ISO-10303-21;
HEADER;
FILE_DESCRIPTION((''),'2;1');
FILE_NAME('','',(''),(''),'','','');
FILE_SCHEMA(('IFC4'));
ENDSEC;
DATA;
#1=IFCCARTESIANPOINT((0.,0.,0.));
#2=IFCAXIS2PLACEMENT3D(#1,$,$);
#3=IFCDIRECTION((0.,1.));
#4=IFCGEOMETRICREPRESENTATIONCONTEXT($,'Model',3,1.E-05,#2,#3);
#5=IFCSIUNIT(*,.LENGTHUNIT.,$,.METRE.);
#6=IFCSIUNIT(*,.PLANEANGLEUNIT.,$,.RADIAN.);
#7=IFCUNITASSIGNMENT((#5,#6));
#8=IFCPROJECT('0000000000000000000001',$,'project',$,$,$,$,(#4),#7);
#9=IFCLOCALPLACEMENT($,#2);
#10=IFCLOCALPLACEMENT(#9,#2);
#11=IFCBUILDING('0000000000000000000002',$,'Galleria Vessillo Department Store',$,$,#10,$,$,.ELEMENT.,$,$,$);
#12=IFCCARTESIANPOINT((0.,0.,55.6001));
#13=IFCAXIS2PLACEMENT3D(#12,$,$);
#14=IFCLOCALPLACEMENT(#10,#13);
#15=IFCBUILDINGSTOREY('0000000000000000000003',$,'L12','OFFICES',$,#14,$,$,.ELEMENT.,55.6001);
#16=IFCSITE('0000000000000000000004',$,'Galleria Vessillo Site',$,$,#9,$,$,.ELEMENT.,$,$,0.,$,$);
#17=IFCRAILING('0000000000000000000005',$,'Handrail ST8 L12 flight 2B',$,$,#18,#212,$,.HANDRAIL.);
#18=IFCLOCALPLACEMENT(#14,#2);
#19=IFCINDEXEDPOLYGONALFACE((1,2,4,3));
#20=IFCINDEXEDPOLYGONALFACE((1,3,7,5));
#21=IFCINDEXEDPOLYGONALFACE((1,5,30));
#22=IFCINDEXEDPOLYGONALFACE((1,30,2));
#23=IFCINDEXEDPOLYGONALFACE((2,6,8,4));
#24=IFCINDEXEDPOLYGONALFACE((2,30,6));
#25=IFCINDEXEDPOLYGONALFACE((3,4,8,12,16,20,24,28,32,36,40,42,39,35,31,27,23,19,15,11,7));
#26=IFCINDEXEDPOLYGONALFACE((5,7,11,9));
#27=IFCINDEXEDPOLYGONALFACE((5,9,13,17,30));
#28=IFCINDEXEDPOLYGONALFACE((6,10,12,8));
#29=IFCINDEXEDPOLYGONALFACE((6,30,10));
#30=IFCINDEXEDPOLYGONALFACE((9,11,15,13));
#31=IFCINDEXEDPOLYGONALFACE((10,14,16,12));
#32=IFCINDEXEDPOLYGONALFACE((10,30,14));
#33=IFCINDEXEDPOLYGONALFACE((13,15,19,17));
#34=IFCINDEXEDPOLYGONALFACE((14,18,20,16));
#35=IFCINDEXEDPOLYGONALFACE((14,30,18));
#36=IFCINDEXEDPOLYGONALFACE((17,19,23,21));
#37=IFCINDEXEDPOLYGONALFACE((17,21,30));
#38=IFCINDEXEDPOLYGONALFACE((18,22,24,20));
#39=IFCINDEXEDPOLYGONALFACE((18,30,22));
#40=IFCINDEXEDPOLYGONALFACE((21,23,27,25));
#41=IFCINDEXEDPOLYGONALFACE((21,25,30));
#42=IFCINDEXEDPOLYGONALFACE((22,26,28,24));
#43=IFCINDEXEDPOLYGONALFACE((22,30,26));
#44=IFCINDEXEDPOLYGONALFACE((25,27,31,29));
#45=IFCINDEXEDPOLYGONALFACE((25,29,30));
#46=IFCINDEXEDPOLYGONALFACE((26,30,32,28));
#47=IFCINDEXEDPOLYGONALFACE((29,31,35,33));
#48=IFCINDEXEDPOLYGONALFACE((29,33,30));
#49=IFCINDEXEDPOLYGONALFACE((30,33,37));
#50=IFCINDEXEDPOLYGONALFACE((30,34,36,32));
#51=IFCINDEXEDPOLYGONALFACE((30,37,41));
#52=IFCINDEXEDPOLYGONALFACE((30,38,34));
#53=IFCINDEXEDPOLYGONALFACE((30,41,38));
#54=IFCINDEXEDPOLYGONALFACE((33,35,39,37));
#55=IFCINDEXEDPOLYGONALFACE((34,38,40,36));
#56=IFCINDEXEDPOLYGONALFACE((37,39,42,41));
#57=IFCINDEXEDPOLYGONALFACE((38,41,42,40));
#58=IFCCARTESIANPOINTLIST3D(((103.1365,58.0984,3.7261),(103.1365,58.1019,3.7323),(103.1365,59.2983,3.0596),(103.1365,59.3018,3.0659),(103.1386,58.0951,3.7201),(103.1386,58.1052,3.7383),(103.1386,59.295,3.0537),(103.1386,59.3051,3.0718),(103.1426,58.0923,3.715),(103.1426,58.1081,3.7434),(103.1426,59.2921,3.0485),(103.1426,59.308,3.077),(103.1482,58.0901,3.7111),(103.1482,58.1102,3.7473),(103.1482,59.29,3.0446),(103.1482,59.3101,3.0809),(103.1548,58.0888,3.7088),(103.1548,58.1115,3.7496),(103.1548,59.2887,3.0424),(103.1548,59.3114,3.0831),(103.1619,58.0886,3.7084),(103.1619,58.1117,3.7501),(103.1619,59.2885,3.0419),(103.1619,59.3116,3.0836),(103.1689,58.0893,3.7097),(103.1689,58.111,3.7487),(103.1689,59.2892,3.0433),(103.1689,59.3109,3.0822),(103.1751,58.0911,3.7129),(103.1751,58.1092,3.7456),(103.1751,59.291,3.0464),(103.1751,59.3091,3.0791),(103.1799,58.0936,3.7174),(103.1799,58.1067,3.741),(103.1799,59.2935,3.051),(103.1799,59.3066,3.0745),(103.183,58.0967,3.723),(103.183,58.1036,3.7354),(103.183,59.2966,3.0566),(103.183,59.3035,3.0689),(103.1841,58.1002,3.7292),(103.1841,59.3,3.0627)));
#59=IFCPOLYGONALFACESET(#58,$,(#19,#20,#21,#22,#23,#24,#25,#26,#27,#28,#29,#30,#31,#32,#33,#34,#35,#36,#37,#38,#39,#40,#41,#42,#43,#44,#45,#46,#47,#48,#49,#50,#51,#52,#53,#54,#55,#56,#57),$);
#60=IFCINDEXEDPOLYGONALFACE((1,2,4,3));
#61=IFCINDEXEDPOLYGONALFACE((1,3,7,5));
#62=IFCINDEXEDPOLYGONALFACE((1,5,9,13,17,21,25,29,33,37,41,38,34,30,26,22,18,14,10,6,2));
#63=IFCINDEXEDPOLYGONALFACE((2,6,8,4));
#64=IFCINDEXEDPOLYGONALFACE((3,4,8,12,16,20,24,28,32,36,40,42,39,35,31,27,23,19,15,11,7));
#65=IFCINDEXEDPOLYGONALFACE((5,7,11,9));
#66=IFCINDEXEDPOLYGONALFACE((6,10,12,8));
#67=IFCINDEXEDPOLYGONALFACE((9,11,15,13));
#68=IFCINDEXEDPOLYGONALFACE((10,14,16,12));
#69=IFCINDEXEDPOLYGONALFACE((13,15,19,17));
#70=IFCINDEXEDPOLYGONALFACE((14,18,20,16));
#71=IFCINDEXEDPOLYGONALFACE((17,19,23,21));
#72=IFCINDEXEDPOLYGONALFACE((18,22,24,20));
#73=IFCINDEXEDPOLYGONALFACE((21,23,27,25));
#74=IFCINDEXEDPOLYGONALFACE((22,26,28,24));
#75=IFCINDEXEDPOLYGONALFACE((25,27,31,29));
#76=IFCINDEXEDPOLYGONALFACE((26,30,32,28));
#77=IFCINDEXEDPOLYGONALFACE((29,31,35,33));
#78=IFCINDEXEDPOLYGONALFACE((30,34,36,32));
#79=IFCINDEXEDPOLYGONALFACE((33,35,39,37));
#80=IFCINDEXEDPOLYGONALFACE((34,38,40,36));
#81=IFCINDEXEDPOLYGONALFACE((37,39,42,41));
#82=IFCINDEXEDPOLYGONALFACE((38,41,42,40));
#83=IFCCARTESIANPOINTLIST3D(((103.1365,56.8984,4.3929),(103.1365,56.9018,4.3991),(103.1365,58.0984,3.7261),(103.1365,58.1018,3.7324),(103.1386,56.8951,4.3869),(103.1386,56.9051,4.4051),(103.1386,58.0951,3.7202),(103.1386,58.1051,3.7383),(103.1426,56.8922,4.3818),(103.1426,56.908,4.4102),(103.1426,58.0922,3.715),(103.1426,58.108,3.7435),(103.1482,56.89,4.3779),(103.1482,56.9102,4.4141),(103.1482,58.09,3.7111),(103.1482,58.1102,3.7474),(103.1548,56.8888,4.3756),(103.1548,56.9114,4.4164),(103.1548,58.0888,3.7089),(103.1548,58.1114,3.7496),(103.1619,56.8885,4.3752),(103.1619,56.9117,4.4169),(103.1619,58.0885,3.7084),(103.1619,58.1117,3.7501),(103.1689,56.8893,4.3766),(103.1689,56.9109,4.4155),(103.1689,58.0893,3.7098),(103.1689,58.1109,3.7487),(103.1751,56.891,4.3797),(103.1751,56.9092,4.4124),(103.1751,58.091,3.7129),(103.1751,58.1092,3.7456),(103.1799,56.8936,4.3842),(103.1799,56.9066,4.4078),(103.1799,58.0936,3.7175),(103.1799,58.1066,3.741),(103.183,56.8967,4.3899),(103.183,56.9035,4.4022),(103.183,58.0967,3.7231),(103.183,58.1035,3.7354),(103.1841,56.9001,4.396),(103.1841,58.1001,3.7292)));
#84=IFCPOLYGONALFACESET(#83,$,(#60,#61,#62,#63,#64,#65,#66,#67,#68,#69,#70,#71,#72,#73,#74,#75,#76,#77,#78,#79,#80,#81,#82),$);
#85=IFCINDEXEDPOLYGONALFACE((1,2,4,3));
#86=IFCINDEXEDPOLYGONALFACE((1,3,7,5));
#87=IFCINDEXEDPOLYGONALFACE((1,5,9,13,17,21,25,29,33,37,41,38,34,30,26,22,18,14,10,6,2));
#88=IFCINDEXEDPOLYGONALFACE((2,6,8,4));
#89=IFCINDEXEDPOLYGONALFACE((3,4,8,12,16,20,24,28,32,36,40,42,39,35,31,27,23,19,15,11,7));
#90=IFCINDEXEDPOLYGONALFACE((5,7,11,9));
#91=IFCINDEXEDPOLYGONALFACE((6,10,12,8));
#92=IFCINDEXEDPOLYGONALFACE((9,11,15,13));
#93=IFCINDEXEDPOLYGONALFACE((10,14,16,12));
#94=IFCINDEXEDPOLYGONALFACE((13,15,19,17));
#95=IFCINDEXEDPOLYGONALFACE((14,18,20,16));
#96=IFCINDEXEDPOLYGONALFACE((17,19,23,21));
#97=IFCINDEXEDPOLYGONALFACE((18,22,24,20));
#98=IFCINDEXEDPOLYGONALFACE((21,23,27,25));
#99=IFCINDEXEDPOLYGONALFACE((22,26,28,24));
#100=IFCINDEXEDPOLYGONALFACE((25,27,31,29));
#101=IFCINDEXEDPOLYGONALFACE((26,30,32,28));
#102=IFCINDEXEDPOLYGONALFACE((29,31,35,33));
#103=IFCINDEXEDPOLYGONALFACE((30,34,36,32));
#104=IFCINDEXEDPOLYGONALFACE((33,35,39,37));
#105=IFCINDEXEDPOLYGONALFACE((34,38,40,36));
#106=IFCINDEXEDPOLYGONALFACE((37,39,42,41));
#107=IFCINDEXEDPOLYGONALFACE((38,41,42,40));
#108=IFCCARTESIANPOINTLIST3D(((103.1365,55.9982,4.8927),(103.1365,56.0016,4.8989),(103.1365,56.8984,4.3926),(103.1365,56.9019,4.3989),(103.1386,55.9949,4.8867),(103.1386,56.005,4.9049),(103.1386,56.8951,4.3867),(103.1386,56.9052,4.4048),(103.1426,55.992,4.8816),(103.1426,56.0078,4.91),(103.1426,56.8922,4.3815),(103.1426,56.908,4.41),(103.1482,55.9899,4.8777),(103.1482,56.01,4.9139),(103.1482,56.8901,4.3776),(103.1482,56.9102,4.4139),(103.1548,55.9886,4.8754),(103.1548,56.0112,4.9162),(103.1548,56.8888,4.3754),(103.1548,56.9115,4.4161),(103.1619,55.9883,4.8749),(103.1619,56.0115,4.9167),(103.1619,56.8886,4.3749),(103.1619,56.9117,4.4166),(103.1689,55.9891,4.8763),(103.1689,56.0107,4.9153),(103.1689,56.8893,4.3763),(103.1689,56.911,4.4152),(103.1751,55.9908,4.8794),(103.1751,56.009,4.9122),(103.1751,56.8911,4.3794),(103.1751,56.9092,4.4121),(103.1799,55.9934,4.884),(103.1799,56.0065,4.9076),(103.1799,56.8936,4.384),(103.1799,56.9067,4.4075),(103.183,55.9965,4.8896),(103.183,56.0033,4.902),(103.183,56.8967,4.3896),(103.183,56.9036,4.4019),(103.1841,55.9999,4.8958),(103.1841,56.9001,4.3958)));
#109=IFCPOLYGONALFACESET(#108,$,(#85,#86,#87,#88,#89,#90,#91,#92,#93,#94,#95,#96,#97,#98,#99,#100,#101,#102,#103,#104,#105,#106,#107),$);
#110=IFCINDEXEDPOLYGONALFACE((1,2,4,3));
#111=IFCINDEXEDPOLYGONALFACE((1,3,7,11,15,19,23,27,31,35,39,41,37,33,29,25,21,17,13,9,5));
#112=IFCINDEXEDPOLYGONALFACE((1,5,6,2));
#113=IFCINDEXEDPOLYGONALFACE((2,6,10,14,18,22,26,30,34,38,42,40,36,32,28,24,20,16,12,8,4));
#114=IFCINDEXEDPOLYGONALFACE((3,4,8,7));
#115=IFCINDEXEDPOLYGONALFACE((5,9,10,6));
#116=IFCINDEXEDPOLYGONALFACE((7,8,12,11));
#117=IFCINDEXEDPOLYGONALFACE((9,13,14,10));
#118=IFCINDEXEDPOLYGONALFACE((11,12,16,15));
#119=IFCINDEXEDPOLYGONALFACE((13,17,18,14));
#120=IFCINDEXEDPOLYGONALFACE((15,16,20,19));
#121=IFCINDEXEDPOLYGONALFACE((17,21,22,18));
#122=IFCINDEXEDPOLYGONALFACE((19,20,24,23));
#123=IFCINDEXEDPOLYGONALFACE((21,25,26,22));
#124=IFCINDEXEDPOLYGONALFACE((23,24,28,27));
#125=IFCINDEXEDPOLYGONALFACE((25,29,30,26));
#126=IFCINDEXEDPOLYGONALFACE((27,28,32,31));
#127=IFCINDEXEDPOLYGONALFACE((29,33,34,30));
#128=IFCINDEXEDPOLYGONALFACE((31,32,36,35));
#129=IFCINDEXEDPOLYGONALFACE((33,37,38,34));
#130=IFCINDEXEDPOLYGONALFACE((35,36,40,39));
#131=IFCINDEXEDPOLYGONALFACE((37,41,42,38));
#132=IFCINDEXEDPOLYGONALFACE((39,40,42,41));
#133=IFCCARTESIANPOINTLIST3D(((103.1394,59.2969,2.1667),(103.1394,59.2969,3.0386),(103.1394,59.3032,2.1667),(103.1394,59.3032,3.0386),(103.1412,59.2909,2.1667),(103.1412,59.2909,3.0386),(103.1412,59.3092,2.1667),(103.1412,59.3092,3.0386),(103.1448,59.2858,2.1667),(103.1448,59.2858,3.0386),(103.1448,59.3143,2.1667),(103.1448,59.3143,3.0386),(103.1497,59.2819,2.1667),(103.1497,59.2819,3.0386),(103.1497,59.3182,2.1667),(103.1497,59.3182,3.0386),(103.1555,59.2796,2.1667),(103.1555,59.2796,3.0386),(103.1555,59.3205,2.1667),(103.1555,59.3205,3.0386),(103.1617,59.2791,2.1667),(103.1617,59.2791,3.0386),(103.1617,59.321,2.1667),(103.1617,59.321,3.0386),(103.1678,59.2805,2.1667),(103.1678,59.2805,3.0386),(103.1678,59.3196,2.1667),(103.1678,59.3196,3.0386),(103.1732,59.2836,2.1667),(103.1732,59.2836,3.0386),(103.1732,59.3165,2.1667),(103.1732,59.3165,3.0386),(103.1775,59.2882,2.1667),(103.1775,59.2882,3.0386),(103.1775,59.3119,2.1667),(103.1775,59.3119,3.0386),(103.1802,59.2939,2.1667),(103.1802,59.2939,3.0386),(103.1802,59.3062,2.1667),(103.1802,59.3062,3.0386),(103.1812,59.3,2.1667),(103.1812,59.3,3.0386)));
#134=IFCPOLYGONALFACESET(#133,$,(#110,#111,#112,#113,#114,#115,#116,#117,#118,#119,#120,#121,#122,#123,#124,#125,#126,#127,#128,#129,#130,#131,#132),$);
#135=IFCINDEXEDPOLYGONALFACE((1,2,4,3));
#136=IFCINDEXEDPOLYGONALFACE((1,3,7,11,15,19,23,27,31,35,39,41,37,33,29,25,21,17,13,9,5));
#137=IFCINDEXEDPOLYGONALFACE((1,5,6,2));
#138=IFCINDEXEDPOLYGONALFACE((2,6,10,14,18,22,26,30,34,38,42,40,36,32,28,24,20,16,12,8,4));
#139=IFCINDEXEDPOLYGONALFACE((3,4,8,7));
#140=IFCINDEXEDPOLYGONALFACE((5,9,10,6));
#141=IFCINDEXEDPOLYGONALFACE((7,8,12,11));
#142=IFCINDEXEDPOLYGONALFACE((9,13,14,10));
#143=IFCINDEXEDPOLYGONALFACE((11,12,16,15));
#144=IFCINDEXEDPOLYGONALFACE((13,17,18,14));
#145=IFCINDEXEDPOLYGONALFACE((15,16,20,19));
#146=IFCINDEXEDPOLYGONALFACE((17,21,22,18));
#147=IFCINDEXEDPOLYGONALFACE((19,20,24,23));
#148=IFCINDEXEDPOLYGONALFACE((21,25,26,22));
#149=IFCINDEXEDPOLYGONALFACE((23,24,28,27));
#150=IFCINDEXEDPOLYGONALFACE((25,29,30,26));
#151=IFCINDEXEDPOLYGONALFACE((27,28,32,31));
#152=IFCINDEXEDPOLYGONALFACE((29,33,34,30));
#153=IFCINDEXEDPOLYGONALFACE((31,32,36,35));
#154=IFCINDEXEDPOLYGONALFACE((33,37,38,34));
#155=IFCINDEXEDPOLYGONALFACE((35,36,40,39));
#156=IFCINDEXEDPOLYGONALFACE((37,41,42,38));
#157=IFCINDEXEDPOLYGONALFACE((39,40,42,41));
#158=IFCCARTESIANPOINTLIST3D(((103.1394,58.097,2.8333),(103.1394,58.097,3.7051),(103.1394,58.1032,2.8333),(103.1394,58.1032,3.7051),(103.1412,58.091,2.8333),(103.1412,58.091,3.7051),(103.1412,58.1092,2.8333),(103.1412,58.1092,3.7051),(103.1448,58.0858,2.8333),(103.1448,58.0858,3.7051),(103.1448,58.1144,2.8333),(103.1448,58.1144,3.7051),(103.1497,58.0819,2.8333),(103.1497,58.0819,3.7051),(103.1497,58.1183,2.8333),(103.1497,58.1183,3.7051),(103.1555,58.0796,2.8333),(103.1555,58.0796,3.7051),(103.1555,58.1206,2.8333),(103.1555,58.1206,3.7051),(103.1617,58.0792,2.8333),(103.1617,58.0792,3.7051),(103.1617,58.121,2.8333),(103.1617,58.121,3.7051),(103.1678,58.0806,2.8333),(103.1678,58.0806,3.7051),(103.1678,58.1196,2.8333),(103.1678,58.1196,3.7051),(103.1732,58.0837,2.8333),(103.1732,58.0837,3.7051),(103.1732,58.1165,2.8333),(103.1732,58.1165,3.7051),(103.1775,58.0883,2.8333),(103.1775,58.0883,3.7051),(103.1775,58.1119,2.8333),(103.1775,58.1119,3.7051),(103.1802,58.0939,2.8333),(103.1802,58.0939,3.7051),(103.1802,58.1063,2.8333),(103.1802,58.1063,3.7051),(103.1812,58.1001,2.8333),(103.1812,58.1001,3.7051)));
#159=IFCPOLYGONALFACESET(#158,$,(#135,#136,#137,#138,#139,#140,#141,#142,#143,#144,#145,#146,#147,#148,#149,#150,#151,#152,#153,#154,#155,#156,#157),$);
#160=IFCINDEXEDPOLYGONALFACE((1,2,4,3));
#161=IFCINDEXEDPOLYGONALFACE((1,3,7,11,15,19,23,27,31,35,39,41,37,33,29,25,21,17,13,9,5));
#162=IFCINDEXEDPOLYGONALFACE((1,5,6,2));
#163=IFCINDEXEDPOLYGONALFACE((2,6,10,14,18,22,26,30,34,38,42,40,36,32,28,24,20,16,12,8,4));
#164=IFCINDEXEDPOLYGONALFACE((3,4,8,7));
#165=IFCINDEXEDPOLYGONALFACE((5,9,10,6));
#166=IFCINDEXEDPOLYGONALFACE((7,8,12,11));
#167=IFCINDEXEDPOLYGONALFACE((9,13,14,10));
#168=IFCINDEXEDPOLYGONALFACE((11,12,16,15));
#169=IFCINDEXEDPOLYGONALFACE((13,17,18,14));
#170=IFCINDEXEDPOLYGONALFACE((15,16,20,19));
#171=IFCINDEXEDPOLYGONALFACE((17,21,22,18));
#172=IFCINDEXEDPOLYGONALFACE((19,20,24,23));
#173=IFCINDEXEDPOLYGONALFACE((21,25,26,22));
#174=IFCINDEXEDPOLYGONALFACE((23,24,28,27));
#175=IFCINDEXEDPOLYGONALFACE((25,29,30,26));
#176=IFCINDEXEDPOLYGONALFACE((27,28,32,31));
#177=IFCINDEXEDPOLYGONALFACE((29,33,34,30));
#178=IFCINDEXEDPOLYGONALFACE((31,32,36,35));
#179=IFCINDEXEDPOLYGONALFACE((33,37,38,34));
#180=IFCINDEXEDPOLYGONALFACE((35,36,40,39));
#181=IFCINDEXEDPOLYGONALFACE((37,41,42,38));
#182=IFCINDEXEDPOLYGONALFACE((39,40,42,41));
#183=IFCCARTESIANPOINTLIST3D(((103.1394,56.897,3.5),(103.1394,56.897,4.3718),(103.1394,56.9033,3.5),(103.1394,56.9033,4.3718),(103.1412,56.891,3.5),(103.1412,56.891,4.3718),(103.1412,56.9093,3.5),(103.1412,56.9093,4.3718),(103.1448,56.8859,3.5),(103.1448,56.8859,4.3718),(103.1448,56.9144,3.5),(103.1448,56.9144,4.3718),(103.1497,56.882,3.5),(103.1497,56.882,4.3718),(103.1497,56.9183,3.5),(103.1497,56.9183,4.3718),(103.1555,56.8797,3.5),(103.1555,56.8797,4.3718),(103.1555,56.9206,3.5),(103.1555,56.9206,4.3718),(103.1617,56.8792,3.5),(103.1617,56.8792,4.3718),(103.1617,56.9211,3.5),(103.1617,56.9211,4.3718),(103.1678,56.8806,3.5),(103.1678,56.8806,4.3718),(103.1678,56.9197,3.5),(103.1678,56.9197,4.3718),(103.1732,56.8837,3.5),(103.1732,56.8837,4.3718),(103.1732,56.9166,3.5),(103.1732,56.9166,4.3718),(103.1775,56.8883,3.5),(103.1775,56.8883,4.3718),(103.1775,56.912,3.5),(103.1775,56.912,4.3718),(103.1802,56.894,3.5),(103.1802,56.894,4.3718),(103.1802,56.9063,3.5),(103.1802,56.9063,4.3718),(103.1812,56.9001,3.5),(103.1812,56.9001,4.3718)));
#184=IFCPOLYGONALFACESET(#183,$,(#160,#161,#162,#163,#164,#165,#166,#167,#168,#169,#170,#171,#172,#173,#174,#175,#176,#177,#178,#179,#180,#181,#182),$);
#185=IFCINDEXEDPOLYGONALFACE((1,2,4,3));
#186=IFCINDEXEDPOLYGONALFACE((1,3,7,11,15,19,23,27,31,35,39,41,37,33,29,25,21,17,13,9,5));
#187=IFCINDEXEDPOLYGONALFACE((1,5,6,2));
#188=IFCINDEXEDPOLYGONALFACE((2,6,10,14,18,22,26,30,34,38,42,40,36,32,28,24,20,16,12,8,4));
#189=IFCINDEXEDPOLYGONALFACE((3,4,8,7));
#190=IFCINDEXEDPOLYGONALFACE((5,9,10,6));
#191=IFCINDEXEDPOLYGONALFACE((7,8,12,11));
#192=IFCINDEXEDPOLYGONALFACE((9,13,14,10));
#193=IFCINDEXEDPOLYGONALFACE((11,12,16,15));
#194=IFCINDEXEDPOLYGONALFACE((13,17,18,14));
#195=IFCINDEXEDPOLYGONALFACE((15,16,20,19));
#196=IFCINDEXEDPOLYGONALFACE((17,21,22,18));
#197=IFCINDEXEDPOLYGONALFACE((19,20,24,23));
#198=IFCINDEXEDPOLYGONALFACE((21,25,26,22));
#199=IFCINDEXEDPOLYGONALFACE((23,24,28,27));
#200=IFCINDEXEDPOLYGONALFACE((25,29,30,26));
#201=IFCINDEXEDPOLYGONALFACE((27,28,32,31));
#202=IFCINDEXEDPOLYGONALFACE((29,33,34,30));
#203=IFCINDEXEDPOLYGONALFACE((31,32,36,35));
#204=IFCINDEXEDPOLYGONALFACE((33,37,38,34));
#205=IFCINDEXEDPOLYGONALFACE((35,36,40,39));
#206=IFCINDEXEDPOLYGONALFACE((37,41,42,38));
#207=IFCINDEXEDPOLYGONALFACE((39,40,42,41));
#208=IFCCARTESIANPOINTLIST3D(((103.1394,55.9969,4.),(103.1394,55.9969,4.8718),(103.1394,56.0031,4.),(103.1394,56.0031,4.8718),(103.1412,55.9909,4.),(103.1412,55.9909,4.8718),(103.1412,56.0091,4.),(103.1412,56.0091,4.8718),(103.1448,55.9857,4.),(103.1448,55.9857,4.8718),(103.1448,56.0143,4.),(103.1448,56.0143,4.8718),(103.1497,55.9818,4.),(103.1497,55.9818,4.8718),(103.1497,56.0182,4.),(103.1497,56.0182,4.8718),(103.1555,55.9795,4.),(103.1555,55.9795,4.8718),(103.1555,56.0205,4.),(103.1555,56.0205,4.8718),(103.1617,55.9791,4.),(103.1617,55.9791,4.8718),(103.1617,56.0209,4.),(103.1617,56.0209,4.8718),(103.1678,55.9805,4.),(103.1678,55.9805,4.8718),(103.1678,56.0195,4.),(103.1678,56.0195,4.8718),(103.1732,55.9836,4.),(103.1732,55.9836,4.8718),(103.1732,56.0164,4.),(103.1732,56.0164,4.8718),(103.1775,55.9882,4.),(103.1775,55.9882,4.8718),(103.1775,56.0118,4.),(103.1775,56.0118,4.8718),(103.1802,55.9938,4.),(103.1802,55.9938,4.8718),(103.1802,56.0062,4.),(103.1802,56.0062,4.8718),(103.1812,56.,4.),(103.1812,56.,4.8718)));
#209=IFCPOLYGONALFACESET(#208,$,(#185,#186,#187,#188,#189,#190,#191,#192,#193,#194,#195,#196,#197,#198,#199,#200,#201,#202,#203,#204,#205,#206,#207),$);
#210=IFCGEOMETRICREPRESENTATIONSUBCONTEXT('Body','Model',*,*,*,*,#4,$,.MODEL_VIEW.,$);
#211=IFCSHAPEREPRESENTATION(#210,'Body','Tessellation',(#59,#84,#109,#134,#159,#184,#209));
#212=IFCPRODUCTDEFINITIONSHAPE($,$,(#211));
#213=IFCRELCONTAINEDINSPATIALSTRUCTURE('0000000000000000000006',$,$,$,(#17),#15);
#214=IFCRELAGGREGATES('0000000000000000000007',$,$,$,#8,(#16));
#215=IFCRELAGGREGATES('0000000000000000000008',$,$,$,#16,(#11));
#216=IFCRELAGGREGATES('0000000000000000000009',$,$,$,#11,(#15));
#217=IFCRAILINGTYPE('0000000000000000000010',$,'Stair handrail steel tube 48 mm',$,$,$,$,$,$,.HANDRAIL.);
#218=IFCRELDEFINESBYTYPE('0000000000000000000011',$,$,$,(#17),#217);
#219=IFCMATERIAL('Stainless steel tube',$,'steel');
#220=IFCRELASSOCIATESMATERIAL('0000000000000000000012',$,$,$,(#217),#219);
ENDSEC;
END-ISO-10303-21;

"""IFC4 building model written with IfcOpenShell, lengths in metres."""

from ifc_helpers import new_model, si_unit, direction, frame, origin, origin_2d, place, context, subcontext, project, spatial, circle, extrude, material, type_object, element, save


model = new_model("IFC4")

# Units and contexts
model_context = context("Model", 3, precision=1e-05, world=origin(), true_north=direction((0.0, 1.0)))
body_context = subcontext(model_context, "Body", "Model", "MODEL_VIEW")
ifc_project = project(units=[si_unit("LENGTHUNIT", "METRE"), si_unit("PLANEANGLEUNIT", "RADIAN")], contexts=[model_context])

# Site, building, storey
site_placement = place(None, origin())
site = spatial("IfcSite", under=ifc_project, at=site_placement, Name="Galleria Vessillo Site", CompositionType="ELEMENT", RefElevation=0.0)
building_placement = place(site_placement, origin())
building = spatial("IfcBuilding", under=site, at=building_placement, Name="Galleria Vessillo Department Store", CompositionType="ELEMENT")
storey_placement = place(building_placement, frame((0.0, 0.0, 55.6001)))
storey = spatial("IfcBuildingStorey", under=building, at=storey_placement, Name="L12", Description="OFFICES", CompositionType="ELEMENT", Elevation=55.6001)

# Railing
ifc_material_1 = material(Name="Stainless steel tube", Category="steel")
railing_type = type_object("IfcRailingType", Name="Stair handrail steel tube 48 mm", PredefinedType="HANDRAIL", material=ifc_material_1)
for number, where, name in (
    (1, (103.1602, 59.3, 2.1667), "Handrail ST8 L12 flight 2B"),
):
    element("IfcRailing", number, at=place(storey_placement, frame(where)), inside=storey, type_object=railing_type, Name=name, PredefinedType="HANDRAIL", context=body_context, shape_type="SweptSolid", body=[
        extrude(circle(Radius=0.0239, at=origin_2d()), frame((0.0, 0.0, 0.896), z_axis=(0.0, -0.874199, 0.485567), x_axis=(1.0, 0.0, 0.0)), (0.0, 0.0, 1.0), 1.3726),
        extrude(circle(Radius=0.0239, at=origin_2d()), frame((0.0, -1.2, 1.5625), z_axis=(0.0, -0.874124, 0.485703), x_axis=(1.0, 0.0, 0.0)), (0.0, 0.0, 1.0), 1.3728),
        extrude(circle(Radius=0.0239, at=origin_2d()), frame((0.0, -2.3999, 2.229), z_axis=(0.0, -0.874191, 0.485583), x_axis=(1.0, 0.0, 0.0)), (0.0, 0.0, 1.0), 1.0298),
        extrude(circle(Radius=0.021, at=origin_2d()), origin(), (0.0, 0.0, 1.0), 0.8718),
        extrude(circle(Radius=0.021, at=origin_2d()), frame((0.0, -1.2, 0.6665)), (0.0, 0.0, 1.0), 0.8718),
        extrude(circle(Radius=0.021, at=origin_2d()), frame((0.0, -2.3999, 1.3333)), (0.0, 0.0, 1.0), 0.8718),
        extrude(circle(Radius=0.021, at=origin_2d()), frame((0.0, -3.3, 1.8333)), (0.0, 0.0, 1.0), 0.8718),
    ])

save(model, "model.ifc")
